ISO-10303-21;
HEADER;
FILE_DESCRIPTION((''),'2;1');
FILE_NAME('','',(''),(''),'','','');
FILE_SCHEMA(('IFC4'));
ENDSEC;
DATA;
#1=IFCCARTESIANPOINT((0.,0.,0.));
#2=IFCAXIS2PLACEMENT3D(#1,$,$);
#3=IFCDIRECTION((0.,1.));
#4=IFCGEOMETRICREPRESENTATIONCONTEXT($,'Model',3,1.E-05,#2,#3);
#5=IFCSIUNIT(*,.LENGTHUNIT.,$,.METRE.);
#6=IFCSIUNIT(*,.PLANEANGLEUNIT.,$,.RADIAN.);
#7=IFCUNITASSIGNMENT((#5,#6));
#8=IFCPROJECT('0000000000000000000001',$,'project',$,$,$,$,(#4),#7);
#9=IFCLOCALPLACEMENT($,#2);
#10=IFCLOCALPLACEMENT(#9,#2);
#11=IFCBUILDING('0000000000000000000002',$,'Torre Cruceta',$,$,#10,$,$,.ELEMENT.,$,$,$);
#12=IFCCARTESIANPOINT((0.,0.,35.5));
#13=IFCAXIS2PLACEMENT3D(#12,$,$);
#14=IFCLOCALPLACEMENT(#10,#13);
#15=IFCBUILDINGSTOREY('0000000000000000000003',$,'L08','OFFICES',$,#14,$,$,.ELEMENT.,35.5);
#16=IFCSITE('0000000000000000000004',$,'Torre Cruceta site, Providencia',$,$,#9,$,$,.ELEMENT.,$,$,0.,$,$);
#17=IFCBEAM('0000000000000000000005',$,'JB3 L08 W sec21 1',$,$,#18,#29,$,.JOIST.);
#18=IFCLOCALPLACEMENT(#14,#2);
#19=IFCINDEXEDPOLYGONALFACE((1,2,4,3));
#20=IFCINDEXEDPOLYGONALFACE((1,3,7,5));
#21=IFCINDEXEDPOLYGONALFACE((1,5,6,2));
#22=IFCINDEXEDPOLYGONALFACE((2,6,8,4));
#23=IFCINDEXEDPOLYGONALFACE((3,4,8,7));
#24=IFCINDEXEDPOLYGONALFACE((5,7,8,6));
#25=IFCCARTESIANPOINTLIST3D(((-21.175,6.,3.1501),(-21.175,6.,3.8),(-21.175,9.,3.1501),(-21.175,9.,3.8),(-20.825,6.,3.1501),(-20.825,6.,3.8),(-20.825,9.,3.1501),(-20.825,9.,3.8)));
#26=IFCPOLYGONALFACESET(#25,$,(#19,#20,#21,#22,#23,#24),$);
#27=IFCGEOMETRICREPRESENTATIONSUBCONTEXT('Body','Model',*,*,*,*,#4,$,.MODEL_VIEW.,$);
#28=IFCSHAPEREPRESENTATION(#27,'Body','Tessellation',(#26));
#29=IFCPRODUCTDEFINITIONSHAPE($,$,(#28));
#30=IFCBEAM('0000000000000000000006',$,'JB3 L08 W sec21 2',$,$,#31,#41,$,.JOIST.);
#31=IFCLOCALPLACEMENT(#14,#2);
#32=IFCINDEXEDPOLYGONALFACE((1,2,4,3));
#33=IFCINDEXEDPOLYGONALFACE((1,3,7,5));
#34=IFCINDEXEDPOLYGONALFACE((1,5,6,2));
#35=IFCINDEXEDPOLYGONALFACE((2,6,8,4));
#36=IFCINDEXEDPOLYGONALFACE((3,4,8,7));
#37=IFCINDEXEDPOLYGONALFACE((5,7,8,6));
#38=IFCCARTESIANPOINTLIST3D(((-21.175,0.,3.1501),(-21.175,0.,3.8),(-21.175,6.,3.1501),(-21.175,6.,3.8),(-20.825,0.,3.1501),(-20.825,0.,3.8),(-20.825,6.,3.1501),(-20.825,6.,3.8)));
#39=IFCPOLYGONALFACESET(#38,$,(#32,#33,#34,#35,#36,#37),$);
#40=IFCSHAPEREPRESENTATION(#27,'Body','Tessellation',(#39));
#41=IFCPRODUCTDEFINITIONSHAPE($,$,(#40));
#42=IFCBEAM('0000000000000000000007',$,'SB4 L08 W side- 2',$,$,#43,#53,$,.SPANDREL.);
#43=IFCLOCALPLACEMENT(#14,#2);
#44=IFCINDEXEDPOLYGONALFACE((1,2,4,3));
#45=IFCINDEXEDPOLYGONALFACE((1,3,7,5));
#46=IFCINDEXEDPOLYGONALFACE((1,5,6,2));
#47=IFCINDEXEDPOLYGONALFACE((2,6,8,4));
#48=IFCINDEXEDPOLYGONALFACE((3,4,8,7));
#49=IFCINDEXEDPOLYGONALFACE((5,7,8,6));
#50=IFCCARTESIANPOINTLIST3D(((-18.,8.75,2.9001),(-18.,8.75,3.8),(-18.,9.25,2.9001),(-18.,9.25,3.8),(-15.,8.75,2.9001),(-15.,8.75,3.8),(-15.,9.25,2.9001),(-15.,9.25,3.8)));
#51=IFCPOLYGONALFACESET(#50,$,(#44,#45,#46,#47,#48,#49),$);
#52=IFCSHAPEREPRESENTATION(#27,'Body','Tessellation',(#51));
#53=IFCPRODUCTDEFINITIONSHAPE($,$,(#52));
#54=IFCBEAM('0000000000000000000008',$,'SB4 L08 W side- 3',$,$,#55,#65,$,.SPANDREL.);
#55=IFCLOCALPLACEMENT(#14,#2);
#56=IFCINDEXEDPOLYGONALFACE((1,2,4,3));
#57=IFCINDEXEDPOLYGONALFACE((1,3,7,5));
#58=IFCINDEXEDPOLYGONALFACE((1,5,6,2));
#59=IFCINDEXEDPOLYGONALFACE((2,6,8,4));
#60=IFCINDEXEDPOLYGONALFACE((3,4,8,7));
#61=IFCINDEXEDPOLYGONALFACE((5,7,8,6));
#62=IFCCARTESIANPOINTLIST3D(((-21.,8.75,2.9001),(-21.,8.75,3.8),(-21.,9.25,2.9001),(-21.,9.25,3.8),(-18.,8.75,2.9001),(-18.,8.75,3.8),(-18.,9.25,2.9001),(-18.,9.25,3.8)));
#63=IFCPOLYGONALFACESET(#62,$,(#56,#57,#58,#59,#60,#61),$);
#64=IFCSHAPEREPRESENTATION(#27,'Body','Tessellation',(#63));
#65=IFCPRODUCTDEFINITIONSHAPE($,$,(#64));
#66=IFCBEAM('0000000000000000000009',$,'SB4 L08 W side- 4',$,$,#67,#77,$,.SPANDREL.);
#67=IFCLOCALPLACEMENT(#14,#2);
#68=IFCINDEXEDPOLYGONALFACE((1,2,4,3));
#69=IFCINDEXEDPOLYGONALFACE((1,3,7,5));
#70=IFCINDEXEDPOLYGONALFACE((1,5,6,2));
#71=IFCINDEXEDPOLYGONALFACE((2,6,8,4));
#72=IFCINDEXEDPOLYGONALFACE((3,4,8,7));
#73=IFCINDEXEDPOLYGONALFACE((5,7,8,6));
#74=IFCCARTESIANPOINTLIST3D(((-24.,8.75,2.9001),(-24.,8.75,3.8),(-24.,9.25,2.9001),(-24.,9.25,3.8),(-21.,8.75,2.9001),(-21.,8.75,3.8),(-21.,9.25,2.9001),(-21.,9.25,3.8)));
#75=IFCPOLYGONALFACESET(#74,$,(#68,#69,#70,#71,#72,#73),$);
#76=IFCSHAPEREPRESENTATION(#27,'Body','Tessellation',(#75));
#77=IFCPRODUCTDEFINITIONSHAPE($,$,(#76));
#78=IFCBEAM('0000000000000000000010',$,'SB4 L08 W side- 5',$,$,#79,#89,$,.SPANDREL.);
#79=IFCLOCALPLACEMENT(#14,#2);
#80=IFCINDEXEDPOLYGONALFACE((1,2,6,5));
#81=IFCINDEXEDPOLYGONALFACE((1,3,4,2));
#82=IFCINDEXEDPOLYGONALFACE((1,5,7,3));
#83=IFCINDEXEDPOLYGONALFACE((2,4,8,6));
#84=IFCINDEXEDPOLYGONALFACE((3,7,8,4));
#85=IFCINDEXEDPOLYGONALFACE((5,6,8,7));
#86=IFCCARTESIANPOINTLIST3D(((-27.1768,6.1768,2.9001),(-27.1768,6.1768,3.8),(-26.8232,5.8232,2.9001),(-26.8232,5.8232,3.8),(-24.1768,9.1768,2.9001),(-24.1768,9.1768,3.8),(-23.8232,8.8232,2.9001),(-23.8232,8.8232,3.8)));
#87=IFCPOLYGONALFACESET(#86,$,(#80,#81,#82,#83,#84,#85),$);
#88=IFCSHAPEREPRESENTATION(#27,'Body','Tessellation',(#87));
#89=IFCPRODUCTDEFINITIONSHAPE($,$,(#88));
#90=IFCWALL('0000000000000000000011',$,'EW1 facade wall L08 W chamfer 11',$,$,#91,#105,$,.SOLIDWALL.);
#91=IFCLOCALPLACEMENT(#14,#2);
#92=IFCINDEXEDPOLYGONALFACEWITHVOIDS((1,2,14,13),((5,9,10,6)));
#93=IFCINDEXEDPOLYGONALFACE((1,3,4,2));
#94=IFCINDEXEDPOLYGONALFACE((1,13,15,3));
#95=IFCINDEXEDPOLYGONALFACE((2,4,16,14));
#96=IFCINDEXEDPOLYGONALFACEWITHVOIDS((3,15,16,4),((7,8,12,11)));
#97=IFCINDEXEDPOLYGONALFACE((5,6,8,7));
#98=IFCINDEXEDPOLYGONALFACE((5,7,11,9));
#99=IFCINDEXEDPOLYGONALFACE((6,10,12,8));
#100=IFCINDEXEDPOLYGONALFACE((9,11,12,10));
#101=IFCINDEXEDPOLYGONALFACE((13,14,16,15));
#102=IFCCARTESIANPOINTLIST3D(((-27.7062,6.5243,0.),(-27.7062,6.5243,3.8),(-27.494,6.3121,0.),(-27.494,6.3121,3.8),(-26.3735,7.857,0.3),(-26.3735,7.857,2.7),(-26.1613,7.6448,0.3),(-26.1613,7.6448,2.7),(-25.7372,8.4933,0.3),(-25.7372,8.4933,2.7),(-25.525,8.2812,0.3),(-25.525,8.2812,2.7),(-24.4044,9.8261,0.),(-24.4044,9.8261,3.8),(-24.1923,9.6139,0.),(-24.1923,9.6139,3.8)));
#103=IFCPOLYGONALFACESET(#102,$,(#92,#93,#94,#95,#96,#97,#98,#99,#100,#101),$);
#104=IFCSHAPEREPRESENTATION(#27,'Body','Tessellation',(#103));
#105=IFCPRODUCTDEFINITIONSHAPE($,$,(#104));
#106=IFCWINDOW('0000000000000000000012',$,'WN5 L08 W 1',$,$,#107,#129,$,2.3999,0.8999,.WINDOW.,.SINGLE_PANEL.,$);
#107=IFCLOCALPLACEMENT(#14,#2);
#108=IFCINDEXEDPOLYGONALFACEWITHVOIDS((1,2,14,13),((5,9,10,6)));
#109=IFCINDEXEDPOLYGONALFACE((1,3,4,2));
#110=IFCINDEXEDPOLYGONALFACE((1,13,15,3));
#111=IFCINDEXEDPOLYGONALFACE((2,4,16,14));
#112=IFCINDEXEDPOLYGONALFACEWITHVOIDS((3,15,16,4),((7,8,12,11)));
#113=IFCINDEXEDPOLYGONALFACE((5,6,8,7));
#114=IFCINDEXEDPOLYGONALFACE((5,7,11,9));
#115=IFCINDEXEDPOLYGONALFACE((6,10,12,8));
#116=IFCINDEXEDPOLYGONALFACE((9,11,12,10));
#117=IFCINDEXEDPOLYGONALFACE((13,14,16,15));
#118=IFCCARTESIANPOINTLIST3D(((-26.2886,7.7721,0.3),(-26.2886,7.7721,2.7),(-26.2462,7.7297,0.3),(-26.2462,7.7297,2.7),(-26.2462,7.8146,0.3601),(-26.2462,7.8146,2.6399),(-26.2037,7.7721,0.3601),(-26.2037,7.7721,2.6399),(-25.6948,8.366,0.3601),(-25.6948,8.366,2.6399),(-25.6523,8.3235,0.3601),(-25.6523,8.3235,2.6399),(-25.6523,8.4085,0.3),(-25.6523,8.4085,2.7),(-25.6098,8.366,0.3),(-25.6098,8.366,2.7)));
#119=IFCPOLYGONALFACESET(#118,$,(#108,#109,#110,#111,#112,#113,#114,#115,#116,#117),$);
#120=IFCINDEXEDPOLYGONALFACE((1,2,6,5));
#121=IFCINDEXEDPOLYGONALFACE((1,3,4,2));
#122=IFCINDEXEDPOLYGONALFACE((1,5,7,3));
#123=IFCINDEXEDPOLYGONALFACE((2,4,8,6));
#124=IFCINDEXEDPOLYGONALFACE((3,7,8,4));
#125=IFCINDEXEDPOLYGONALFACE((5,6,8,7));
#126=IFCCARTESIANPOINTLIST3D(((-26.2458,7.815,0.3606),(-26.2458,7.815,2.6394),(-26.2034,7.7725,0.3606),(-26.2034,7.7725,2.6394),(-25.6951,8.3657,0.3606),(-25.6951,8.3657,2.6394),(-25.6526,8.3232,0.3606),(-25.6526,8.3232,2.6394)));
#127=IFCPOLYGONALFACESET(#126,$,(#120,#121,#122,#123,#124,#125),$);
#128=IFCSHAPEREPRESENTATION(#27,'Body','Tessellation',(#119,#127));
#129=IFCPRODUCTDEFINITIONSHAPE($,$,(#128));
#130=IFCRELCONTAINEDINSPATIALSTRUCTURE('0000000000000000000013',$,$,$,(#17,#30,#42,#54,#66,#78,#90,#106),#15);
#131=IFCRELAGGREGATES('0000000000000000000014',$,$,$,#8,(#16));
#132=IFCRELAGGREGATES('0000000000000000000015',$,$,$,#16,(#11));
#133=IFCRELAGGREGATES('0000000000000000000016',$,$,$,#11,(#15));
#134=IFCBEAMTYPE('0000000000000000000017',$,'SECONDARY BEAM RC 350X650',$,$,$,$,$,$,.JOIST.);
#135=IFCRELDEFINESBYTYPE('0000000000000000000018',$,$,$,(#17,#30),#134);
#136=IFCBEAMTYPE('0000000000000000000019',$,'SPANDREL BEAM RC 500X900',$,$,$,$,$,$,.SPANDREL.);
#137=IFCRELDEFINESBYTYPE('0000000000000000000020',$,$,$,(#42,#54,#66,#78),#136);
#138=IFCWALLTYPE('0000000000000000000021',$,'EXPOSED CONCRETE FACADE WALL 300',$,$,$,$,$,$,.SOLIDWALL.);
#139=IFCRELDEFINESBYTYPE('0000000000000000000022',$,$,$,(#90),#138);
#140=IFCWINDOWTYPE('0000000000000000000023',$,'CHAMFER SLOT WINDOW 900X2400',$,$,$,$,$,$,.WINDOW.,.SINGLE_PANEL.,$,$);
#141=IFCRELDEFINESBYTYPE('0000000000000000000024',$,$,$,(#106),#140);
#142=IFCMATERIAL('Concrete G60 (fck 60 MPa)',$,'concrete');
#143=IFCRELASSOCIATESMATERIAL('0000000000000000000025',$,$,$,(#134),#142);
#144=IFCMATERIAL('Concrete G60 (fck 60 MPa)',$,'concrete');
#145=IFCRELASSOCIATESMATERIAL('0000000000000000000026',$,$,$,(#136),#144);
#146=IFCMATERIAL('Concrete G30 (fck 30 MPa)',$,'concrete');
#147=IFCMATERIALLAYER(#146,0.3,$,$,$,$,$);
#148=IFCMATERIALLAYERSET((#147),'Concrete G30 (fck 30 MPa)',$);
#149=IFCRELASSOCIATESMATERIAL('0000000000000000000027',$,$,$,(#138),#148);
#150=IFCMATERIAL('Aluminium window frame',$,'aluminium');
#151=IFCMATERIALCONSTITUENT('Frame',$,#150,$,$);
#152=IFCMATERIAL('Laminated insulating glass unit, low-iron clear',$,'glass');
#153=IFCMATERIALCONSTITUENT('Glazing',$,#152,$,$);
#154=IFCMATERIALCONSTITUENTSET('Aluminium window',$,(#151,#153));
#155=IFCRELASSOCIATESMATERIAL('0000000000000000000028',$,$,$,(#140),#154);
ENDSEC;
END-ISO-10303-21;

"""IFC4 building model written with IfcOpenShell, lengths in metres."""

from ifc_helpers import new_model, si_unit, direction, frame, frame_2d, origin, origin_2d, place, context, subcontext, project, spatial, rectangle, hollow_rectangle, extrude, material, layer, layer_set, constituent, constituent_set, material_profile, profile_set, type_object, element, fill, save


model = new_model("IFC4")

# Units and contexts
model_context = context("Model", 3, precision=1e-05, world=origin(), true_north=direction((0.0, 1.0)))
body_context = subcontext(model_context, "Body", "Model", "MODEL_VIEW")
ifc_project = project(units=[si_unit("LENGTHUNIT", "METRE"), si_unit("PLANEANGLEUNIT", "RADIAN")], contexts=[model_context])

# Site, building, storey
site_placement = place(None, origin())
site = spatial("IfcSite", under=ifc_project, at=site_placement, Name="Torre Cruceta site, Providencia", CompositionType="ELEMENT", RefElevation=0.0)
building_placement = place(site_placement, origin())
building = spatial("IfcBuilding", under=site, at=building_placement, Name="Torre Cruceta", CompositionType="ELEMENT")
storey_placement = place(building_placement, frame((0.0, 0.0, 35.5)))
storey = spatial("IfcBuildingStorey", under=building, at=storey_placement, Name="L08", Description="OFFICES", CompositionType="ELEMENT", Elevation=35.5)

# Beams
ifc_material_1 = material(Name="Concrete G60 (fck 60 MPa)", Category="concrete")
ifc_material_profile_1 = material_profile(ifc_material_1, rectangle(XDim=0.3501, YDim=0.6499, at=origin_2d()), Name="RC 350X650")
ifc_profile_set_1 = profile_set([ifc_material_profile_1], Name="Concrete G60 (fck 60 MPa)")
beam_type_1 = type_object("IfcBeamType", Name="SECONDARY BEAM RC 350X650", PredefinedType="JOIST", material=ifc_profile_set_1)
beam_1_placement = place(storey_placement, frame((-21.0, 9.0, 3.4751), z_axis=(0.0, -1.0, 0.0), x_axis=(1.0, 0.0, 0.0)))
element("IfcBeam", 1, at=beam_1_placement, inside=storey, type_object=beam_type_1, Name="JB3 L08 W sec21 1", PredefinedType="JOIST", context=body_context, shape_type="SweptSolid", body=[
    extrude(rectangle(XDim=0.3501, YDim=0.6499, at=origin_2d()), origin(), (0.0, 0.0, 1.0), 3.0),
])
beam_2_placement = place(storey_placement, frame((-21.0, 6.0, 3.4751), z_axis=(0.0, -1.0, 0.0), x_axis=(1.0, 0.0, 0.0)))
element("IfcBeam", 2, at=beam_2_placement, inside=storey, type_object=beam_type_1, Name="JB3 L08 W sec21 2", PredefinedType="JOIST", context=body_context, shape_type="SweptSolid", body=[
    extrude(rectangle(XDim=0.3501, YDim=0.6499, at=origin_2d()), origin(), (0.0, 0.0, 1.0), 6.0),
])
ifc_material_2 = material(Name="Concrete G60 (fck 60 MPa)", Category="concrete")
ifc_material_profile_2 = material_profile(ifc_material_2, rectangle(XDim=0.5, YDim=0.8999, at=origin_2d()), Name="RC 500X900")
ifc_profile_set_2 = profile_set([ifc_material_profile_2], Name="Concrete G60 (fck 60 MPa)")
beam_type_2 = type_object("IfcBeamType", Name="SPANDREL BEAM RC 500X900", PredefinedType="SPANDREL", material=ifc_profile_set_2)
for number, where, z_axis, x_axis, name in (
    (3, (-15.0, 9.0, 3.3501), (-1.0, 0.0, 0.0), (0.0, -1.0, 0.0), "SB4 L08 W side- 2"),
    (4, (-18.0, 9.0, 3.3501), (-1.0, 0.0, 0.0), (0.0, -1.0, 0.0), "SB4 L08 W side- 3"),
    (5, (-21.0, 9.0, 3.3501), (-1.0, 0.0, 0.0), (0.0, -1.0, 0.0), "SB4 L08 W side- 4"),
):
    element("IfcBeam", number, at=place(storey_placement, frame(where, z_axis=z_axis, x_axis=x_axis)), inside=storey, type_object=beam_type_2, Name=name, PredefinedType="SPANDREL", context=body_context, shape_type="SweptSolid", body=[
        extrude(rectangle(XDim=0.5, YDim=0.8999, at=origin_2d()), origin(), (0.0, 0.0, 1.0), 3.0),
    ])
beam_3_placement = place(storey_placement, frame((-24.0, 9.0, 3.3501), z_axis=(-0.707107, -0.707107, 0.0), x_axis=(0.707107, -0.707107, 0.0)))
element("IfcBeam", 6, at=beam_3_placement, inside=storey, type_object=beam_type_2, Name="SB4 L08 W side- 5", PredefinedType="SPANDREL", context=body_context, shape_type="SweptSolid", body=[
    extrude(rectangle(XDim=0.5, YDim=0.8999, at=origin_2d()), origin(), (0.0, 0.0, 1.0), 4.2427),
])

# Wall, opening, window
ifc_material_3 = material(Name="Concrete G30 (fck 30 MPa)", Category="concrete")
ifc_layer_1 = layer(ifc_material_3, 0.3)
ifc_layer_set_1 = layer_set([ifc_layer_1], Name="Concrete G30 (fck 30 MPa)")
wall_type_1 = type_object("IfcWallType", Name="EXPOSED CONCRETE FACADE WALL 300", PredefinedType="SOLIDWALL", material=ifc_layer_set_1)
wall_1_placement = place(storey_placement, frame((-24.2983, 9.72, 0.0), z_axis=(0.0, 0.0, 1.0), x_axis=(-0.707107, -0.707107, 0.0)))
wall_1 = element("IfcWall", 7, at=wall_1_placement, inside=storey, type_object=wall_type_1, Name="EW1 facade wall L08 W chamfer 11", PredefinedType="SOLIDWALL", context=body_context, shape_type="SweptSolid", body=[
    extrude(rectangle(XDim=4.6694, YDim=0.3, at=frame_2d((2.3347, 0.0))), origin(), (0.0, 0.0, 1.0), 3.8),
])
opening_1_placement = place(wall_1_placement, frame((1.8848, 0.0, 0.3)))
opening_1 = element("IfcOpeningElement", 8, at=opening_1_placement, cuts=wall_1, PredefinedType="OPENING", context=body_context, shape_type="SweptSolid", body=[
    extrude(rectangle(XDim=0.8999, YDim=2.3999, at=frame_2d((0.45, 1.2))), frame((0.0, 0.1599, 0.0), z_axis=(0.0, -1.0, 0.0), x_axis=(1.0, 0.0, 0.0)), (0.0, 0.0, 1.0), 0.3201),
])
ifc_material_4 = material(Name="Aluminium window frame", Category="aluminium")
ifc_constituent_1 = constituent(ifc_material_4, Name="Frame")
ifc_material_5 = material(Name="Laminated insulating glass unit, low-iron clear", Category="glass")
ifc_constituent_2 = constituent(ifc_material_5, Name="Glazing")
ifc_constituent_set_1 = constituent_set(constituents=[ifc_constituent_1, ifc_constituent_2], Name="Aluminium window")
window_type_1 = type_object("IfcWindowType", Name="CHAMFER SLOT WINDOW 900X2400", PartitioningType="SINGLE_PANEL", PredefinedType="WINDOW", material=ifc_constituent_set_1)
window_1_placement = place(opening_1_placement, origin())
window_1 = element("IfcWindow", 9, at=window_1_placement, inside=storey, type_object=window_type_1, Name="WN5 L08 W 1", OverallHeight=2.3999, OverallWidth=0.8999, PartitioningType="SINGLE_PANEL", PredefinedType="WINDOW", context=body_context, shape_type="SweptSolid", body=[
    extrude(hollow_rectangle(XDim=0.8999, YDim=2.3999, WallThickness=0.0601, at=frame_2d((0.45, 1.2))), frame((0.0, 0.03, 0.0), z_axis=(0.0, -1.0, 0.0), x_axis=(1.0, 0.0, 0.0)), (0.0, 0.0, 1.0), 0.0601),
    extrude(rectangle(XDim=0.7788, YDim=2.2788, at=frame_2d((0.45, 1.2))), frame((0.0, 0.03, 0.0), z_axis=(0.0, -1.0, 0.0), x_axis=(1.0, 0.0, 0.0)), (0.0, 0.0, 1.0), 0.0601),
])
fill(opening_1, window_1)

save(model, "model.ifc")
